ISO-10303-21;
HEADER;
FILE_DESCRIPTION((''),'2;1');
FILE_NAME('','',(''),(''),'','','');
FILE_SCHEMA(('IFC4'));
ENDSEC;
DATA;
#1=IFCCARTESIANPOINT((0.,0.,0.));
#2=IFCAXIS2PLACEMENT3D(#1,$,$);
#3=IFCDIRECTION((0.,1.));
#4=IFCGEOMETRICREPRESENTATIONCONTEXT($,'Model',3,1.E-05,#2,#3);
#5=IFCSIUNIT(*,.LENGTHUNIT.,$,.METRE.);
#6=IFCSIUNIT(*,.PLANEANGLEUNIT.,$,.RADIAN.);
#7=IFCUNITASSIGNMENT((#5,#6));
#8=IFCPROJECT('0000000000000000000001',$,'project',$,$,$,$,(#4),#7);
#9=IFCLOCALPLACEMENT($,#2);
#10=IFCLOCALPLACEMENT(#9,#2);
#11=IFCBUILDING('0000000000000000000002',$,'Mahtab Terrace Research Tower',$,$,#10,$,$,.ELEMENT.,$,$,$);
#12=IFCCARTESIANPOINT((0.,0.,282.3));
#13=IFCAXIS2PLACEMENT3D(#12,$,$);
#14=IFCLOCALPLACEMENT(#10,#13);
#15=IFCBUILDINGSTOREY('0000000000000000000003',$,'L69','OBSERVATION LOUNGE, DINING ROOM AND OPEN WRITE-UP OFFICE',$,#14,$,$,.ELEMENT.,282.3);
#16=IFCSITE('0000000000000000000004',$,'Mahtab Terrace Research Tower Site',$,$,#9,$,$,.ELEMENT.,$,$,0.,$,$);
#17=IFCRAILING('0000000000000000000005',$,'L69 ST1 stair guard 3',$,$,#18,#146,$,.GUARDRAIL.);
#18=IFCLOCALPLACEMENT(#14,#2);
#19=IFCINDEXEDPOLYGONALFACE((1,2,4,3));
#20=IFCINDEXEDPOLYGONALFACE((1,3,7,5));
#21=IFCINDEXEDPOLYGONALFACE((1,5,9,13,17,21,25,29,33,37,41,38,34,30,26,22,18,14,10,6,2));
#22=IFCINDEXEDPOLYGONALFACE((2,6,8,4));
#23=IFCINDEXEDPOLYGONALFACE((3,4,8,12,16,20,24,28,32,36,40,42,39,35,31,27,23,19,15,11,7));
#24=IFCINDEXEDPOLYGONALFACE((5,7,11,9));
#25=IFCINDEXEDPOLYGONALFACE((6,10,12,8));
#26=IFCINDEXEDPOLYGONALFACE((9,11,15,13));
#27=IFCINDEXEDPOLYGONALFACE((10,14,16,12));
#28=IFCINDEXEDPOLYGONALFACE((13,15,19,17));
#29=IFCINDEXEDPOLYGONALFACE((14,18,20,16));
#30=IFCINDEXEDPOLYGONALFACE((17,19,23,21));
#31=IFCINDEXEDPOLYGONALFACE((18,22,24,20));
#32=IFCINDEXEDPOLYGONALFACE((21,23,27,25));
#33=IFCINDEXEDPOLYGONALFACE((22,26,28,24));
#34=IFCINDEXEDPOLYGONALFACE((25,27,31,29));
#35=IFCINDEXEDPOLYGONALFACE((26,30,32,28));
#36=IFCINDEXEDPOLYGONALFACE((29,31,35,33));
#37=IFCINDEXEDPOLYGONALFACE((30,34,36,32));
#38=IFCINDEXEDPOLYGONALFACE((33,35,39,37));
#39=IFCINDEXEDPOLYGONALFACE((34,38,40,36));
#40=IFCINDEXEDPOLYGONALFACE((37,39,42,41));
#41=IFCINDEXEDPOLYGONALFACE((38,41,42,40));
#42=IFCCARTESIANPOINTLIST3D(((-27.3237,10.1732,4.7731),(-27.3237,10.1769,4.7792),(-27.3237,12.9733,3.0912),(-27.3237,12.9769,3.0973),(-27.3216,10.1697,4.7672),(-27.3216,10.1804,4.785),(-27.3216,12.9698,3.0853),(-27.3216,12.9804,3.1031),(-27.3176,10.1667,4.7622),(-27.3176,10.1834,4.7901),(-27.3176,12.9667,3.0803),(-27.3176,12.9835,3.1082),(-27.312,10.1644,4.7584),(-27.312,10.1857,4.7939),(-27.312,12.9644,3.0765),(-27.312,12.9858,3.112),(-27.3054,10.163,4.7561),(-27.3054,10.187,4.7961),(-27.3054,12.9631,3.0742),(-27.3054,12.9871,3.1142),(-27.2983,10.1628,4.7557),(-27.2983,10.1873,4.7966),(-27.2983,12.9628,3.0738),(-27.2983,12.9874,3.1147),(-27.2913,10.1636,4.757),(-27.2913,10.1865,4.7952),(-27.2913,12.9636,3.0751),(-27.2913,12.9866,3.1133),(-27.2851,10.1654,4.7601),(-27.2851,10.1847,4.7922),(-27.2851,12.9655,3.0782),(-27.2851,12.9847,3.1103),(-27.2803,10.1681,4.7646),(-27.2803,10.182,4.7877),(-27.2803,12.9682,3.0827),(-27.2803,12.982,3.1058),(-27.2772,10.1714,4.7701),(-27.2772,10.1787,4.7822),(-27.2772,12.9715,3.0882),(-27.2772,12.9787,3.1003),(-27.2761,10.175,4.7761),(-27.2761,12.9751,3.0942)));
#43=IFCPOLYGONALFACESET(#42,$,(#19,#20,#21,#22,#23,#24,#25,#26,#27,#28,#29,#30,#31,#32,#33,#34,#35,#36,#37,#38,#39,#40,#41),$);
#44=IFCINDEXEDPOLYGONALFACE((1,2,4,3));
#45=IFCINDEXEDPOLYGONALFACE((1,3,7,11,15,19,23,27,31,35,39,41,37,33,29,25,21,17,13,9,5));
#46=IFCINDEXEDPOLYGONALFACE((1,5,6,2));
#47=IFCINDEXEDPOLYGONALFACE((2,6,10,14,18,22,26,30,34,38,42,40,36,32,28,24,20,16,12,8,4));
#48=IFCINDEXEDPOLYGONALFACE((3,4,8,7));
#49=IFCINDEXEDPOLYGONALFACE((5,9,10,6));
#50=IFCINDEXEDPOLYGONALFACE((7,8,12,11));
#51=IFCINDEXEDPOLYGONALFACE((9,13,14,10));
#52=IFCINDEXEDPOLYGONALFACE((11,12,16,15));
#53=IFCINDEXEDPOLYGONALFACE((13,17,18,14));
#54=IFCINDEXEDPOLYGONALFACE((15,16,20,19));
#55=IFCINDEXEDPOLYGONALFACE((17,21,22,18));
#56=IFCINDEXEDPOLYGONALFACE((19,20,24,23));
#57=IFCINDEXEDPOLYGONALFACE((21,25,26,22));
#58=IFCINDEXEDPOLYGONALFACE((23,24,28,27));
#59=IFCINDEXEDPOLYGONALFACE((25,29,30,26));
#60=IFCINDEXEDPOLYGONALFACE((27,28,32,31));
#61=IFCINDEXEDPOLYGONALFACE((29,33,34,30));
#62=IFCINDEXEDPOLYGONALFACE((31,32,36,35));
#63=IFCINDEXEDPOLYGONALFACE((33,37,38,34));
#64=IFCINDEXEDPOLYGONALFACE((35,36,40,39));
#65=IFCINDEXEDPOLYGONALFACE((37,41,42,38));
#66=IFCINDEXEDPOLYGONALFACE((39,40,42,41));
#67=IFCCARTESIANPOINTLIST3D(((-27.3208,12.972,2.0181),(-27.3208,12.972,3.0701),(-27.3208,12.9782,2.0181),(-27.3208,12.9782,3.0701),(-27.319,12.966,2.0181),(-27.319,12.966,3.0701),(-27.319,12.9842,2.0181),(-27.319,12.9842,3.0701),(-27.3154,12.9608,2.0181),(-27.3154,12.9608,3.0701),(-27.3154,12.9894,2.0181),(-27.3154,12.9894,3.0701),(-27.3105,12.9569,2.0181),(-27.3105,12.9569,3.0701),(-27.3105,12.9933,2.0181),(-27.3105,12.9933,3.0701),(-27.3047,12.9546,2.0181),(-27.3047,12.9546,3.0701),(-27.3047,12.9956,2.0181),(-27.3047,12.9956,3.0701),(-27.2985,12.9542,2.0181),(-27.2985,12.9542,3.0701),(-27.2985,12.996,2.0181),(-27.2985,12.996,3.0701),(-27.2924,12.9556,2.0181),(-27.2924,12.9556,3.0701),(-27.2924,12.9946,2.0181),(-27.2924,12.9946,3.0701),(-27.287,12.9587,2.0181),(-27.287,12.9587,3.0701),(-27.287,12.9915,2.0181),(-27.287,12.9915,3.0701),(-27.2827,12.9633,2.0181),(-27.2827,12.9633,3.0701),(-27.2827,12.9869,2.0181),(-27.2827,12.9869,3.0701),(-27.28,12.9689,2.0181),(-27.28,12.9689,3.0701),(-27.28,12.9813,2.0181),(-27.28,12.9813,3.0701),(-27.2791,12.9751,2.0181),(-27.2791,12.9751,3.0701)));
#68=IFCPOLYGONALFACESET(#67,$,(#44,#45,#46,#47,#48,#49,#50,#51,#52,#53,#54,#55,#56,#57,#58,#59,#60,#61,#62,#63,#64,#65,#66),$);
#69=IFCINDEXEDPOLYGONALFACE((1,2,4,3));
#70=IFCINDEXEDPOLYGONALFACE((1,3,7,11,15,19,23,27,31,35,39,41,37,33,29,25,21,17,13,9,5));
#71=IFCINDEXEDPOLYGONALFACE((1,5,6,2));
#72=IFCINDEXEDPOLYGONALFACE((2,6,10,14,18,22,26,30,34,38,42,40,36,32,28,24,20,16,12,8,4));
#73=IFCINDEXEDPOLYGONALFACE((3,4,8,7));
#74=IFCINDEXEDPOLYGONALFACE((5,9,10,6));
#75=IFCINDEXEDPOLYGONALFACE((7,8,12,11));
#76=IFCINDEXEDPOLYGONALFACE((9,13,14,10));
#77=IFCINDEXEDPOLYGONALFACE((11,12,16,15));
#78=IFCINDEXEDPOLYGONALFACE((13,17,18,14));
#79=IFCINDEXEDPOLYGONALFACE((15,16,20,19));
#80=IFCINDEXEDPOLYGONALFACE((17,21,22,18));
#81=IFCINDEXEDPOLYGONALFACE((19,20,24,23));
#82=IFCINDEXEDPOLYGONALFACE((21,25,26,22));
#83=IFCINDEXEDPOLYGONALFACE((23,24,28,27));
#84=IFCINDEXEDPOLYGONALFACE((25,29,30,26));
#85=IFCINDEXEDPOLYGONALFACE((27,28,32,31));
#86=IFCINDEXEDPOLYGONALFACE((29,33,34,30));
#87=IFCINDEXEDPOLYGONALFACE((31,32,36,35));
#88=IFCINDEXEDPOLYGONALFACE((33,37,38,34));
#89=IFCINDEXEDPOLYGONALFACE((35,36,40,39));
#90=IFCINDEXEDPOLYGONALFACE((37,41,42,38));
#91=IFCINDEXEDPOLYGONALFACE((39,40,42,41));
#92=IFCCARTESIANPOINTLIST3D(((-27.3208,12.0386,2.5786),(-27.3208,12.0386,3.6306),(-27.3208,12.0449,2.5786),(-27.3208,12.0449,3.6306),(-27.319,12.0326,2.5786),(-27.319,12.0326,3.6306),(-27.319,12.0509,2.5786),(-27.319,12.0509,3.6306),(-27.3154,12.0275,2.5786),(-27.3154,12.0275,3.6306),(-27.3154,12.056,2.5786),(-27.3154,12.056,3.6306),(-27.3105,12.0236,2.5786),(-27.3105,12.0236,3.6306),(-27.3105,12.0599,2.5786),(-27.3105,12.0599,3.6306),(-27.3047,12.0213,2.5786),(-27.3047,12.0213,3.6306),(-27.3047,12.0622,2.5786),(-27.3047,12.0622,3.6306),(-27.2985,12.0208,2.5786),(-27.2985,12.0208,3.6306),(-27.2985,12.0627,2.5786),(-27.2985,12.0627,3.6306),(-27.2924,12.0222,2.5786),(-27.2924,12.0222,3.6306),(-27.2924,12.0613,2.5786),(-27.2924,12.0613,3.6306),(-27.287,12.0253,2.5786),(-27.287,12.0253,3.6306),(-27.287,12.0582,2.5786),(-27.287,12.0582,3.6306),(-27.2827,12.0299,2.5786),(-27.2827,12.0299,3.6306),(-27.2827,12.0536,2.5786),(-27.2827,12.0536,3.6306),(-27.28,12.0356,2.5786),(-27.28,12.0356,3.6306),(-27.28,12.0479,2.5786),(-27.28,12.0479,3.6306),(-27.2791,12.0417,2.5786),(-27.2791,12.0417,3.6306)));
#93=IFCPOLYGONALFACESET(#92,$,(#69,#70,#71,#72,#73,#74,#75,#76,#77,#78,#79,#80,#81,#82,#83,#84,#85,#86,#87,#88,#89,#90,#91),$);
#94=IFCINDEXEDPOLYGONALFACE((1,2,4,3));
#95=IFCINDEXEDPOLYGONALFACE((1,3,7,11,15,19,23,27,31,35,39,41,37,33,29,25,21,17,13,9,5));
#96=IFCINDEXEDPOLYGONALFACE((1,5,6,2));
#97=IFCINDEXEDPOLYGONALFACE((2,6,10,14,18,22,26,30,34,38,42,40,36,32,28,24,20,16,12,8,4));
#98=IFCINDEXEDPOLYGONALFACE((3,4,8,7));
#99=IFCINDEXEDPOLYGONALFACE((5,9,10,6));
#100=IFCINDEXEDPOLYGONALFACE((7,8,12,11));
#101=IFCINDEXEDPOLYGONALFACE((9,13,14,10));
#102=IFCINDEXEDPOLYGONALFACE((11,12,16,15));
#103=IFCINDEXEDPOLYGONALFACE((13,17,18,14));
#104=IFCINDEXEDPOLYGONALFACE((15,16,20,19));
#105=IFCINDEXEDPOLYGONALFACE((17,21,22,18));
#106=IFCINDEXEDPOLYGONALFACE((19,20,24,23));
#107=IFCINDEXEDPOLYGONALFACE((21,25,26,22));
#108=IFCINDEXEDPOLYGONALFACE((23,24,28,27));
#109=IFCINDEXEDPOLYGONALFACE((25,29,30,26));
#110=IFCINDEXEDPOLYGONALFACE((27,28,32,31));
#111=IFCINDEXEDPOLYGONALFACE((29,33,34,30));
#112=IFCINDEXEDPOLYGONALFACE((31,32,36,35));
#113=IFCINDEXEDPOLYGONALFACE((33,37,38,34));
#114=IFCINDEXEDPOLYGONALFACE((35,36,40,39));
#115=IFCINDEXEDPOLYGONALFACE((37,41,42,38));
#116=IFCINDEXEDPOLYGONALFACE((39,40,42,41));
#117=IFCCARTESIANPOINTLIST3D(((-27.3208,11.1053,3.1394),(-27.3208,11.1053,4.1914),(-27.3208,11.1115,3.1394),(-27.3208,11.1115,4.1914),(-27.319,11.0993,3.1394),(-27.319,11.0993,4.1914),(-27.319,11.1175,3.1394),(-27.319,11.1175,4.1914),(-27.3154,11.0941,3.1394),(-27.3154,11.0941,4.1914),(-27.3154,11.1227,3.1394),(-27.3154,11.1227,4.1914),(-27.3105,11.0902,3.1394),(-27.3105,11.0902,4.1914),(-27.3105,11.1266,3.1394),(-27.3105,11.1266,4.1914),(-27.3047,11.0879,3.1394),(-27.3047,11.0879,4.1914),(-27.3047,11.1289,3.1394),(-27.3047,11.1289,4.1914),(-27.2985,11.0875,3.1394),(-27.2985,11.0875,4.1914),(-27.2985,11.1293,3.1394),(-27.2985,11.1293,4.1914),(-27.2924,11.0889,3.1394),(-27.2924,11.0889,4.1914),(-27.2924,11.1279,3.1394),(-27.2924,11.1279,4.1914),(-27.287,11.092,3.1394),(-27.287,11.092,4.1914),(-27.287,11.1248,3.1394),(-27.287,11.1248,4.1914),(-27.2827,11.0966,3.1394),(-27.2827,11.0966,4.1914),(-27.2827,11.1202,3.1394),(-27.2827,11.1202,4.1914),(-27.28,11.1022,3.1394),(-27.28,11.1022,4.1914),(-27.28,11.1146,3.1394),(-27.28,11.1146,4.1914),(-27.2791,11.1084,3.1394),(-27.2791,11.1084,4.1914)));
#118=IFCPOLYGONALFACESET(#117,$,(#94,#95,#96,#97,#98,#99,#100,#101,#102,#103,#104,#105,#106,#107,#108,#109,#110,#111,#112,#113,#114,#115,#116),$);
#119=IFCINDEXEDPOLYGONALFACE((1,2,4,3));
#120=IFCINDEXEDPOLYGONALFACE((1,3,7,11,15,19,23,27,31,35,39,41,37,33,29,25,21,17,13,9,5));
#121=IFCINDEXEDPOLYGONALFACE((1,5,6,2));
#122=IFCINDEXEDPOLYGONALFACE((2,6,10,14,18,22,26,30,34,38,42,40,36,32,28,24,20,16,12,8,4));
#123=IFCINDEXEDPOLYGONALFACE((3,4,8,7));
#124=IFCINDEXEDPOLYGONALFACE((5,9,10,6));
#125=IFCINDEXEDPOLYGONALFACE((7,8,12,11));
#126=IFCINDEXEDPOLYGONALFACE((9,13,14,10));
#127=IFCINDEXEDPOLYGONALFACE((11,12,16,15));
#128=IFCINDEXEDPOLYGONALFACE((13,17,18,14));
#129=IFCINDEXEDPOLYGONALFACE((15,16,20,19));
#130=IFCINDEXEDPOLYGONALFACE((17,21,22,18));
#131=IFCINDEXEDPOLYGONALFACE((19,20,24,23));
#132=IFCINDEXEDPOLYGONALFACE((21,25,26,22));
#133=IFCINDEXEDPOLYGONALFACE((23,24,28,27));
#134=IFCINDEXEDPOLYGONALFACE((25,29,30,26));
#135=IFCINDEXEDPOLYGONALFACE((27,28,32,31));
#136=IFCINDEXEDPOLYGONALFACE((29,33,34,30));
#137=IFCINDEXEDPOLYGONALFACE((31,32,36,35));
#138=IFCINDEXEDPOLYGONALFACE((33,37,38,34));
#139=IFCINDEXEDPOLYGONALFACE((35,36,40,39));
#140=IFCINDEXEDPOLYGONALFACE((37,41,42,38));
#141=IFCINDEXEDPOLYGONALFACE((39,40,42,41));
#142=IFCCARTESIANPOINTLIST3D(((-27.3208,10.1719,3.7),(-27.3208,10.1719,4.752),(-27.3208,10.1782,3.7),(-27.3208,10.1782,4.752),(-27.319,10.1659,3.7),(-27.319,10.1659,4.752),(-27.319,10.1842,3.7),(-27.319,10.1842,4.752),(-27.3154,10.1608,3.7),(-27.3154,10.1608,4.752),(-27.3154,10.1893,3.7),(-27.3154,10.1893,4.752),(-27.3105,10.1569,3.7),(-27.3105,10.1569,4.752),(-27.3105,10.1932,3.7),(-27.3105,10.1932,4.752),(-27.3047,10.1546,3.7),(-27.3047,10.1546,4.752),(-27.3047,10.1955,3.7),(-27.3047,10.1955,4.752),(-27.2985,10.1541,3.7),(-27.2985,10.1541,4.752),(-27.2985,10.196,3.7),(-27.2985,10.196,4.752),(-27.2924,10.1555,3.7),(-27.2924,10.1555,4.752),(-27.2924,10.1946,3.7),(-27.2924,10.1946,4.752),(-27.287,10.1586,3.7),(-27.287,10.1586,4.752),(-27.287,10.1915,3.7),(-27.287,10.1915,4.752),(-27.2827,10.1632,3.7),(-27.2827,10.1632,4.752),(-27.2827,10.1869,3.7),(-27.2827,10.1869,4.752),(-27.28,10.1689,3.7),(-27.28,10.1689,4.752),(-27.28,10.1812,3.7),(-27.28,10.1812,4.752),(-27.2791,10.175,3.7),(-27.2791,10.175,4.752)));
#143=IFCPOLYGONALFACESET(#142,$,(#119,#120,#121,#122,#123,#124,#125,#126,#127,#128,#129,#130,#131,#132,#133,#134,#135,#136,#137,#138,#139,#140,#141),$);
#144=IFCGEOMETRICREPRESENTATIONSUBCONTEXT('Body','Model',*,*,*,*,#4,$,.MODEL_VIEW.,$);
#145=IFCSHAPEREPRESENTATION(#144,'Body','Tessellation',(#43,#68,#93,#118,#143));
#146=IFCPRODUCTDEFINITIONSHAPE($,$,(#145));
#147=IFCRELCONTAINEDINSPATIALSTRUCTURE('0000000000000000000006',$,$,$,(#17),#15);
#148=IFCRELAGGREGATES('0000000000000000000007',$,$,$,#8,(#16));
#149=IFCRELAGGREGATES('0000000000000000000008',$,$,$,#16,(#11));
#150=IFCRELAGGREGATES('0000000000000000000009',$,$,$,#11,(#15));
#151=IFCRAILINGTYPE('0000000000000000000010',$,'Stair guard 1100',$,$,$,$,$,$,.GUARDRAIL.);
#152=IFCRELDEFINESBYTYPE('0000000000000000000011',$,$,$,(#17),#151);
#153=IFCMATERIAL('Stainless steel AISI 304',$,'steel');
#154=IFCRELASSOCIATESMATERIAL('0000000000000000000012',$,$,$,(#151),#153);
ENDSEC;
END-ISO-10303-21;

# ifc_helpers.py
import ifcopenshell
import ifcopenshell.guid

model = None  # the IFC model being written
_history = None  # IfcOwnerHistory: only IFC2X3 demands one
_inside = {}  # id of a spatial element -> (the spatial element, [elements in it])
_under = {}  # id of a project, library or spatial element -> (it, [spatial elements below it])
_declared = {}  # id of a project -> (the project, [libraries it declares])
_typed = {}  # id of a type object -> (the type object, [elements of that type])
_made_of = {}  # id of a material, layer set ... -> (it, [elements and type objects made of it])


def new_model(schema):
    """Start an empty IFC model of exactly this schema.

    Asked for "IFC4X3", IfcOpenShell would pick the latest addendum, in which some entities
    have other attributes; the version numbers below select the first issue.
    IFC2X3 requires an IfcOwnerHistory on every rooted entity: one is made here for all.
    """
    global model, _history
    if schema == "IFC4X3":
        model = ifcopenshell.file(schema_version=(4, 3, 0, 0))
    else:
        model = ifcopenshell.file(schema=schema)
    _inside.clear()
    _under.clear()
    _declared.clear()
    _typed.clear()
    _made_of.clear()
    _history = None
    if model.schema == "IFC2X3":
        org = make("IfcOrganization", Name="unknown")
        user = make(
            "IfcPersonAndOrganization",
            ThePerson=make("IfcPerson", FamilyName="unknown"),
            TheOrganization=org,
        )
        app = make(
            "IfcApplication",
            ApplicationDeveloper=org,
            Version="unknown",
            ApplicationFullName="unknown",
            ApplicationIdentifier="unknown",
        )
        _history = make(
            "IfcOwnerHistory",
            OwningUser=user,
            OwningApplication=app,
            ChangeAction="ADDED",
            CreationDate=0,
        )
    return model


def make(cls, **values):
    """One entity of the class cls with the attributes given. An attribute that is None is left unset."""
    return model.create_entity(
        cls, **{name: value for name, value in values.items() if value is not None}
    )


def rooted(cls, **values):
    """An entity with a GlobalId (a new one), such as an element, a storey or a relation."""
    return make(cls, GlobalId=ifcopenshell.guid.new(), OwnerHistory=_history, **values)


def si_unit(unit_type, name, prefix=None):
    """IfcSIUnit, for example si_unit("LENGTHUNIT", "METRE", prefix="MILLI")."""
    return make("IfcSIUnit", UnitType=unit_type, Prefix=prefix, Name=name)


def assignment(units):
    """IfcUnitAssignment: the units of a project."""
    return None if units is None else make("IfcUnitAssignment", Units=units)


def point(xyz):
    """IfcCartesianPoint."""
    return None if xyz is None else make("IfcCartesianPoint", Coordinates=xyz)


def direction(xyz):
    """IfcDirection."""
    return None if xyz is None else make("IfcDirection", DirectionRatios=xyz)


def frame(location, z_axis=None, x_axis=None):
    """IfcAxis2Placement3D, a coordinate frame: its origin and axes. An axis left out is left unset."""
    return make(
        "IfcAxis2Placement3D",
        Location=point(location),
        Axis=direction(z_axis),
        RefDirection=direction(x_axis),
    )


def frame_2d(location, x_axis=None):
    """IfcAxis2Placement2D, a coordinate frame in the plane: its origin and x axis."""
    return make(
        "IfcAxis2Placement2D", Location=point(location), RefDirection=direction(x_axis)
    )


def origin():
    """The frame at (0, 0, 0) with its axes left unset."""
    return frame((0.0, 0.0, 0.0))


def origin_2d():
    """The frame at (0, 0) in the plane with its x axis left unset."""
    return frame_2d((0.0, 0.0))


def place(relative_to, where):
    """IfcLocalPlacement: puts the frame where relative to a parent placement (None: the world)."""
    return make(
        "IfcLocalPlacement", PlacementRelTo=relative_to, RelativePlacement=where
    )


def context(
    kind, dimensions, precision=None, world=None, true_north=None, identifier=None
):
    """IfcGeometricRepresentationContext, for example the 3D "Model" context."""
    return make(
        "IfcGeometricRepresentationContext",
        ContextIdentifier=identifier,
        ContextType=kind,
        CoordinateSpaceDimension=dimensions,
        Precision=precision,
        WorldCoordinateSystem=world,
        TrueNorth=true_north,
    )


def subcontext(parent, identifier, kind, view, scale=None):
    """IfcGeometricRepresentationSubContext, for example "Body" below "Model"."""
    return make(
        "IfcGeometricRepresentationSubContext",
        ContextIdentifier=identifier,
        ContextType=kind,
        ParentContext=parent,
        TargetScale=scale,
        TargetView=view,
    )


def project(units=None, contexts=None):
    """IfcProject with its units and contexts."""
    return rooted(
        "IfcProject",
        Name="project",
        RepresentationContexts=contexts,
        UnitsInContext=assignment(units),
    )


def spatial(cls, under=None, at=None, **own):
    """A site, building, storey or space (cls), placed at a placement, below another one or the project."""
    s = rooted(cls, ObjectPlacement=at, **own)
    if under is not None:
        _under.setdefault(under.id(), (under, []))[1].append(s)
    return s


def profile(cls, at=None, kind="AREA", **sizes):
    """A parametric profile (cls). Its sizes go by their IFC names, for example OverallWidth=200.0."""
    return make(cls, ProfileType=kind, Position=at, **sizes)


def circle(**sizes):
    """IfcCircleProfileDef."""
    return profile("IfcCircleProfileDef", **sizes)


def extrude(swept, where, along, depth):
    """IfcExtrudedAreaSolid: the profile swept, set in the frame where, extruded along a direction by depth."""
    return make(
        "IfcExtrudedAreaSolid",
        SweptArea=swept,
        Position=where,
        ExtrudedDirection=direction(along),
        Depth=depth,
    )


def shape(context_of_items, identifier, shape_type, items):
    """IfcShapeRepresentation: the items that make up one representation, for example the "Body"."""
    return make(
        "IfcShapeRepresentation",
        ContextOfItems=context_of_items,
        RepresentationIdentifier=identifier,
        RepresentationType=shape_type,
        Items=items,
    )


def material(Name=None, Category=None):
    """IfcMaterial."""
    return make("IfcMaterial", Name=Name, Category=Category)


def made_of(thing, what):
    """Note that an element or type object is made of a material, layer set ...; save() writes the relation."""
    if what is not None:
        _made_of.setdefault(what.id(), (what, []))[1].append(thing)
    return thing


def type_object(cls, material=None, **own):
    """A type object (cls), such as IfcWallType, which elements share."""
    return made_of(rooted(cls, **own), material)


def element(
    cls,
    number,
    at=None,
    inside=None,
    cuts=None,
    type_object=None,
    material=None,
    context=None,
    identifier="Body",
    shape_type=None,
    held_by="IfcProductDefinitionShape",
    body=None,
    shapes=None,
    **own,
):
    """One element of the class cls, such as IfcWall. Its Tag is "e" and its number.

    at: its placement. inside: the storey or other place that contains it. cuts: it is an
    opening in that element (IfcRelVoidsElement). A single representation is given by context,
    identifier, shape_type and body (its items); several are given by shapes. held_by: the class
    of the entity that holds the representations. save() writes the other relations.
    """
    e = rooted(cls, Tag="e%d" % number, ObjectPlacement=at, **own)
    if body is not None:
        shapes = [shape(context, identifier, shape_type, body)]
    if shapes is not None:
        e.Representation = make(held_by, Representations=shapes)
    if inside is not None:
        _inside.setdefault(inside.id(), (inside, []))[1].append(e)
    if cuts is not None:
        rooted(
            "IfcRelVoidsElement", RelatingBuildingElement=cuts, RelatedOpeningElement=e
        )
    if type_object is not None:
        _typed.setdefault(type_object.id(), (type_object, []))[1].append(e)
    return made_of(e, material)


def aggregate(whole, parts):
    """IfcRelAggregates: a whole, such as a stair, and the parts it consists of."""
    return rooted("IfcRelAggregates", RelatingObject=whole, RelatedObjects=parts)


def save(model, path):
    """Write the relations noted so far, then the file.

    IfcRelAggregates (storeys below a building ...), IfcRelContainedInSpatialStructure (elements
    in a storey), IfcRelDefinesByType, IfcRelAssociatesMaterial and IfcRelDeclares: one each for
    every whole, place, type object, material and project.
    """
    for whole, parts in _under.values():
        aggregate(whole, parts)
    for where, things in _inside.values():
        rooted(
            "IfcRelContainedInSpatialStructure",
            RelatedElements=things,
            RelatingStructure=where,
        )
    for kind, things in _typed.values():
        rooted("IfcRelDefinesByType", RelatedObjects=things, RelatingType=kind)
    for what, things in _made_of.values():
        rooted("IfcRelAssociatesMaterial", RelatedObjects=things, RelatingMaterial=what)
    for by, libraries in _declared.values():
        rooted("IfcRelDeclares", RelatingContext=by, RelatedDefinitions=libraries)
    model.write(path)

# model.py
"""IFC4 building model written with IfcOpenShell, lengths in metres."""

from ifc_helpers import new_model, si_unit, direction, frame, origin, origin_2d, place, context, subcontext, project, spatial, circle, extrude, material, type_object, element, save


model = new_model("IFC4")

# Units and contexts
model_context = context("Model", 3, precision=1e-05, world=origin(), true_north=direction((0.0, 1.0)))
body_context = subcontext(model_context, "Body", "Model", "MODEL_VIEW")
ifc_project = project(units=[si_unit("LENGTHUNIT", "METRE"), si_unit("PLANEANGLEUNIT", "RADIAN")], contexts=[model_context])

# Site, building, storey
site_placement = place(None, origin())
site = spatial("IfcSite", under=ifc_project, at=site_placement, Name="Mahtab Terrace Research Tower Site", CompositionType="ELEMENT", RefElevation=0.0)
building_placement = place(site_placement, origin())
building = spatial("IfcBuilding", under=site, at=building_placement, Name="Mahtab Terrace Research Tower", CompositionType="ELEMENT")
storey_placement = place(building_placement, frame((0.0, 0.0, 282.3)))
storey = spatial("IfcBuildingStorey", under=building, at=storey_placement, Name="L69", Description="OBSERVATION LOUNGE, DINING ROOM AND OPEN WRITE-UP OFFICE", CompositionType="ELEMENT", Elevation=282.3)

# Railing
ifc_material_1 = material(Name="Stainless steel AISI 304", Category="steel")
railing_type_1 = type_object("IfcRailingType", Name="Stair guard 1100", PredefinedType="GUARDRAIL", material=ifc_material_1)
railing_1_placement = place(storey_placement, frame((-27.3, 12.9751, 2.0181)))
element("IfcRailing", 1, at=railing_1_placement, inside=storey, type_object=railing_type_1, Name="L69 ST1 stair guard 3", PredefinedType="GUARDRAIL", context=body_context, shape_type="SweptSolid", body=[
    extrude(circle(Radius=0.0239, at=origin_2d()), frame((0.0, 0.0, 1.0762), z_axis=(0.0, -0.857242, 0.514913), x_axis=(1.0, 0.0, 0.0)), (0.0, 0.0, 1.0), 3.2664),
    extrude(circle(Radius=0.021, at=origin_2d()), origin(), (0.0, 0.0, 1.0), 1.052),
    extrude(circle(Radius=0.021, at=origin_2d()), frame((0.0, -0.9333, 0.5605)), (0.0, 0.0, 1.0), 1.052),
    extrude(circle(Radius=0.021, at=origin_2d()), frame((0.0, -1.8667, 1.1213)), (0.0, 0.0, 1.0), 1.052),
    extrude(circle(Radius=0.021, at=origin_2d()), frame((0.0, -2.8, 1.6819)), (0.0, 0.0, 1.0), 1.052),
])

save(model, "model.ifc")
